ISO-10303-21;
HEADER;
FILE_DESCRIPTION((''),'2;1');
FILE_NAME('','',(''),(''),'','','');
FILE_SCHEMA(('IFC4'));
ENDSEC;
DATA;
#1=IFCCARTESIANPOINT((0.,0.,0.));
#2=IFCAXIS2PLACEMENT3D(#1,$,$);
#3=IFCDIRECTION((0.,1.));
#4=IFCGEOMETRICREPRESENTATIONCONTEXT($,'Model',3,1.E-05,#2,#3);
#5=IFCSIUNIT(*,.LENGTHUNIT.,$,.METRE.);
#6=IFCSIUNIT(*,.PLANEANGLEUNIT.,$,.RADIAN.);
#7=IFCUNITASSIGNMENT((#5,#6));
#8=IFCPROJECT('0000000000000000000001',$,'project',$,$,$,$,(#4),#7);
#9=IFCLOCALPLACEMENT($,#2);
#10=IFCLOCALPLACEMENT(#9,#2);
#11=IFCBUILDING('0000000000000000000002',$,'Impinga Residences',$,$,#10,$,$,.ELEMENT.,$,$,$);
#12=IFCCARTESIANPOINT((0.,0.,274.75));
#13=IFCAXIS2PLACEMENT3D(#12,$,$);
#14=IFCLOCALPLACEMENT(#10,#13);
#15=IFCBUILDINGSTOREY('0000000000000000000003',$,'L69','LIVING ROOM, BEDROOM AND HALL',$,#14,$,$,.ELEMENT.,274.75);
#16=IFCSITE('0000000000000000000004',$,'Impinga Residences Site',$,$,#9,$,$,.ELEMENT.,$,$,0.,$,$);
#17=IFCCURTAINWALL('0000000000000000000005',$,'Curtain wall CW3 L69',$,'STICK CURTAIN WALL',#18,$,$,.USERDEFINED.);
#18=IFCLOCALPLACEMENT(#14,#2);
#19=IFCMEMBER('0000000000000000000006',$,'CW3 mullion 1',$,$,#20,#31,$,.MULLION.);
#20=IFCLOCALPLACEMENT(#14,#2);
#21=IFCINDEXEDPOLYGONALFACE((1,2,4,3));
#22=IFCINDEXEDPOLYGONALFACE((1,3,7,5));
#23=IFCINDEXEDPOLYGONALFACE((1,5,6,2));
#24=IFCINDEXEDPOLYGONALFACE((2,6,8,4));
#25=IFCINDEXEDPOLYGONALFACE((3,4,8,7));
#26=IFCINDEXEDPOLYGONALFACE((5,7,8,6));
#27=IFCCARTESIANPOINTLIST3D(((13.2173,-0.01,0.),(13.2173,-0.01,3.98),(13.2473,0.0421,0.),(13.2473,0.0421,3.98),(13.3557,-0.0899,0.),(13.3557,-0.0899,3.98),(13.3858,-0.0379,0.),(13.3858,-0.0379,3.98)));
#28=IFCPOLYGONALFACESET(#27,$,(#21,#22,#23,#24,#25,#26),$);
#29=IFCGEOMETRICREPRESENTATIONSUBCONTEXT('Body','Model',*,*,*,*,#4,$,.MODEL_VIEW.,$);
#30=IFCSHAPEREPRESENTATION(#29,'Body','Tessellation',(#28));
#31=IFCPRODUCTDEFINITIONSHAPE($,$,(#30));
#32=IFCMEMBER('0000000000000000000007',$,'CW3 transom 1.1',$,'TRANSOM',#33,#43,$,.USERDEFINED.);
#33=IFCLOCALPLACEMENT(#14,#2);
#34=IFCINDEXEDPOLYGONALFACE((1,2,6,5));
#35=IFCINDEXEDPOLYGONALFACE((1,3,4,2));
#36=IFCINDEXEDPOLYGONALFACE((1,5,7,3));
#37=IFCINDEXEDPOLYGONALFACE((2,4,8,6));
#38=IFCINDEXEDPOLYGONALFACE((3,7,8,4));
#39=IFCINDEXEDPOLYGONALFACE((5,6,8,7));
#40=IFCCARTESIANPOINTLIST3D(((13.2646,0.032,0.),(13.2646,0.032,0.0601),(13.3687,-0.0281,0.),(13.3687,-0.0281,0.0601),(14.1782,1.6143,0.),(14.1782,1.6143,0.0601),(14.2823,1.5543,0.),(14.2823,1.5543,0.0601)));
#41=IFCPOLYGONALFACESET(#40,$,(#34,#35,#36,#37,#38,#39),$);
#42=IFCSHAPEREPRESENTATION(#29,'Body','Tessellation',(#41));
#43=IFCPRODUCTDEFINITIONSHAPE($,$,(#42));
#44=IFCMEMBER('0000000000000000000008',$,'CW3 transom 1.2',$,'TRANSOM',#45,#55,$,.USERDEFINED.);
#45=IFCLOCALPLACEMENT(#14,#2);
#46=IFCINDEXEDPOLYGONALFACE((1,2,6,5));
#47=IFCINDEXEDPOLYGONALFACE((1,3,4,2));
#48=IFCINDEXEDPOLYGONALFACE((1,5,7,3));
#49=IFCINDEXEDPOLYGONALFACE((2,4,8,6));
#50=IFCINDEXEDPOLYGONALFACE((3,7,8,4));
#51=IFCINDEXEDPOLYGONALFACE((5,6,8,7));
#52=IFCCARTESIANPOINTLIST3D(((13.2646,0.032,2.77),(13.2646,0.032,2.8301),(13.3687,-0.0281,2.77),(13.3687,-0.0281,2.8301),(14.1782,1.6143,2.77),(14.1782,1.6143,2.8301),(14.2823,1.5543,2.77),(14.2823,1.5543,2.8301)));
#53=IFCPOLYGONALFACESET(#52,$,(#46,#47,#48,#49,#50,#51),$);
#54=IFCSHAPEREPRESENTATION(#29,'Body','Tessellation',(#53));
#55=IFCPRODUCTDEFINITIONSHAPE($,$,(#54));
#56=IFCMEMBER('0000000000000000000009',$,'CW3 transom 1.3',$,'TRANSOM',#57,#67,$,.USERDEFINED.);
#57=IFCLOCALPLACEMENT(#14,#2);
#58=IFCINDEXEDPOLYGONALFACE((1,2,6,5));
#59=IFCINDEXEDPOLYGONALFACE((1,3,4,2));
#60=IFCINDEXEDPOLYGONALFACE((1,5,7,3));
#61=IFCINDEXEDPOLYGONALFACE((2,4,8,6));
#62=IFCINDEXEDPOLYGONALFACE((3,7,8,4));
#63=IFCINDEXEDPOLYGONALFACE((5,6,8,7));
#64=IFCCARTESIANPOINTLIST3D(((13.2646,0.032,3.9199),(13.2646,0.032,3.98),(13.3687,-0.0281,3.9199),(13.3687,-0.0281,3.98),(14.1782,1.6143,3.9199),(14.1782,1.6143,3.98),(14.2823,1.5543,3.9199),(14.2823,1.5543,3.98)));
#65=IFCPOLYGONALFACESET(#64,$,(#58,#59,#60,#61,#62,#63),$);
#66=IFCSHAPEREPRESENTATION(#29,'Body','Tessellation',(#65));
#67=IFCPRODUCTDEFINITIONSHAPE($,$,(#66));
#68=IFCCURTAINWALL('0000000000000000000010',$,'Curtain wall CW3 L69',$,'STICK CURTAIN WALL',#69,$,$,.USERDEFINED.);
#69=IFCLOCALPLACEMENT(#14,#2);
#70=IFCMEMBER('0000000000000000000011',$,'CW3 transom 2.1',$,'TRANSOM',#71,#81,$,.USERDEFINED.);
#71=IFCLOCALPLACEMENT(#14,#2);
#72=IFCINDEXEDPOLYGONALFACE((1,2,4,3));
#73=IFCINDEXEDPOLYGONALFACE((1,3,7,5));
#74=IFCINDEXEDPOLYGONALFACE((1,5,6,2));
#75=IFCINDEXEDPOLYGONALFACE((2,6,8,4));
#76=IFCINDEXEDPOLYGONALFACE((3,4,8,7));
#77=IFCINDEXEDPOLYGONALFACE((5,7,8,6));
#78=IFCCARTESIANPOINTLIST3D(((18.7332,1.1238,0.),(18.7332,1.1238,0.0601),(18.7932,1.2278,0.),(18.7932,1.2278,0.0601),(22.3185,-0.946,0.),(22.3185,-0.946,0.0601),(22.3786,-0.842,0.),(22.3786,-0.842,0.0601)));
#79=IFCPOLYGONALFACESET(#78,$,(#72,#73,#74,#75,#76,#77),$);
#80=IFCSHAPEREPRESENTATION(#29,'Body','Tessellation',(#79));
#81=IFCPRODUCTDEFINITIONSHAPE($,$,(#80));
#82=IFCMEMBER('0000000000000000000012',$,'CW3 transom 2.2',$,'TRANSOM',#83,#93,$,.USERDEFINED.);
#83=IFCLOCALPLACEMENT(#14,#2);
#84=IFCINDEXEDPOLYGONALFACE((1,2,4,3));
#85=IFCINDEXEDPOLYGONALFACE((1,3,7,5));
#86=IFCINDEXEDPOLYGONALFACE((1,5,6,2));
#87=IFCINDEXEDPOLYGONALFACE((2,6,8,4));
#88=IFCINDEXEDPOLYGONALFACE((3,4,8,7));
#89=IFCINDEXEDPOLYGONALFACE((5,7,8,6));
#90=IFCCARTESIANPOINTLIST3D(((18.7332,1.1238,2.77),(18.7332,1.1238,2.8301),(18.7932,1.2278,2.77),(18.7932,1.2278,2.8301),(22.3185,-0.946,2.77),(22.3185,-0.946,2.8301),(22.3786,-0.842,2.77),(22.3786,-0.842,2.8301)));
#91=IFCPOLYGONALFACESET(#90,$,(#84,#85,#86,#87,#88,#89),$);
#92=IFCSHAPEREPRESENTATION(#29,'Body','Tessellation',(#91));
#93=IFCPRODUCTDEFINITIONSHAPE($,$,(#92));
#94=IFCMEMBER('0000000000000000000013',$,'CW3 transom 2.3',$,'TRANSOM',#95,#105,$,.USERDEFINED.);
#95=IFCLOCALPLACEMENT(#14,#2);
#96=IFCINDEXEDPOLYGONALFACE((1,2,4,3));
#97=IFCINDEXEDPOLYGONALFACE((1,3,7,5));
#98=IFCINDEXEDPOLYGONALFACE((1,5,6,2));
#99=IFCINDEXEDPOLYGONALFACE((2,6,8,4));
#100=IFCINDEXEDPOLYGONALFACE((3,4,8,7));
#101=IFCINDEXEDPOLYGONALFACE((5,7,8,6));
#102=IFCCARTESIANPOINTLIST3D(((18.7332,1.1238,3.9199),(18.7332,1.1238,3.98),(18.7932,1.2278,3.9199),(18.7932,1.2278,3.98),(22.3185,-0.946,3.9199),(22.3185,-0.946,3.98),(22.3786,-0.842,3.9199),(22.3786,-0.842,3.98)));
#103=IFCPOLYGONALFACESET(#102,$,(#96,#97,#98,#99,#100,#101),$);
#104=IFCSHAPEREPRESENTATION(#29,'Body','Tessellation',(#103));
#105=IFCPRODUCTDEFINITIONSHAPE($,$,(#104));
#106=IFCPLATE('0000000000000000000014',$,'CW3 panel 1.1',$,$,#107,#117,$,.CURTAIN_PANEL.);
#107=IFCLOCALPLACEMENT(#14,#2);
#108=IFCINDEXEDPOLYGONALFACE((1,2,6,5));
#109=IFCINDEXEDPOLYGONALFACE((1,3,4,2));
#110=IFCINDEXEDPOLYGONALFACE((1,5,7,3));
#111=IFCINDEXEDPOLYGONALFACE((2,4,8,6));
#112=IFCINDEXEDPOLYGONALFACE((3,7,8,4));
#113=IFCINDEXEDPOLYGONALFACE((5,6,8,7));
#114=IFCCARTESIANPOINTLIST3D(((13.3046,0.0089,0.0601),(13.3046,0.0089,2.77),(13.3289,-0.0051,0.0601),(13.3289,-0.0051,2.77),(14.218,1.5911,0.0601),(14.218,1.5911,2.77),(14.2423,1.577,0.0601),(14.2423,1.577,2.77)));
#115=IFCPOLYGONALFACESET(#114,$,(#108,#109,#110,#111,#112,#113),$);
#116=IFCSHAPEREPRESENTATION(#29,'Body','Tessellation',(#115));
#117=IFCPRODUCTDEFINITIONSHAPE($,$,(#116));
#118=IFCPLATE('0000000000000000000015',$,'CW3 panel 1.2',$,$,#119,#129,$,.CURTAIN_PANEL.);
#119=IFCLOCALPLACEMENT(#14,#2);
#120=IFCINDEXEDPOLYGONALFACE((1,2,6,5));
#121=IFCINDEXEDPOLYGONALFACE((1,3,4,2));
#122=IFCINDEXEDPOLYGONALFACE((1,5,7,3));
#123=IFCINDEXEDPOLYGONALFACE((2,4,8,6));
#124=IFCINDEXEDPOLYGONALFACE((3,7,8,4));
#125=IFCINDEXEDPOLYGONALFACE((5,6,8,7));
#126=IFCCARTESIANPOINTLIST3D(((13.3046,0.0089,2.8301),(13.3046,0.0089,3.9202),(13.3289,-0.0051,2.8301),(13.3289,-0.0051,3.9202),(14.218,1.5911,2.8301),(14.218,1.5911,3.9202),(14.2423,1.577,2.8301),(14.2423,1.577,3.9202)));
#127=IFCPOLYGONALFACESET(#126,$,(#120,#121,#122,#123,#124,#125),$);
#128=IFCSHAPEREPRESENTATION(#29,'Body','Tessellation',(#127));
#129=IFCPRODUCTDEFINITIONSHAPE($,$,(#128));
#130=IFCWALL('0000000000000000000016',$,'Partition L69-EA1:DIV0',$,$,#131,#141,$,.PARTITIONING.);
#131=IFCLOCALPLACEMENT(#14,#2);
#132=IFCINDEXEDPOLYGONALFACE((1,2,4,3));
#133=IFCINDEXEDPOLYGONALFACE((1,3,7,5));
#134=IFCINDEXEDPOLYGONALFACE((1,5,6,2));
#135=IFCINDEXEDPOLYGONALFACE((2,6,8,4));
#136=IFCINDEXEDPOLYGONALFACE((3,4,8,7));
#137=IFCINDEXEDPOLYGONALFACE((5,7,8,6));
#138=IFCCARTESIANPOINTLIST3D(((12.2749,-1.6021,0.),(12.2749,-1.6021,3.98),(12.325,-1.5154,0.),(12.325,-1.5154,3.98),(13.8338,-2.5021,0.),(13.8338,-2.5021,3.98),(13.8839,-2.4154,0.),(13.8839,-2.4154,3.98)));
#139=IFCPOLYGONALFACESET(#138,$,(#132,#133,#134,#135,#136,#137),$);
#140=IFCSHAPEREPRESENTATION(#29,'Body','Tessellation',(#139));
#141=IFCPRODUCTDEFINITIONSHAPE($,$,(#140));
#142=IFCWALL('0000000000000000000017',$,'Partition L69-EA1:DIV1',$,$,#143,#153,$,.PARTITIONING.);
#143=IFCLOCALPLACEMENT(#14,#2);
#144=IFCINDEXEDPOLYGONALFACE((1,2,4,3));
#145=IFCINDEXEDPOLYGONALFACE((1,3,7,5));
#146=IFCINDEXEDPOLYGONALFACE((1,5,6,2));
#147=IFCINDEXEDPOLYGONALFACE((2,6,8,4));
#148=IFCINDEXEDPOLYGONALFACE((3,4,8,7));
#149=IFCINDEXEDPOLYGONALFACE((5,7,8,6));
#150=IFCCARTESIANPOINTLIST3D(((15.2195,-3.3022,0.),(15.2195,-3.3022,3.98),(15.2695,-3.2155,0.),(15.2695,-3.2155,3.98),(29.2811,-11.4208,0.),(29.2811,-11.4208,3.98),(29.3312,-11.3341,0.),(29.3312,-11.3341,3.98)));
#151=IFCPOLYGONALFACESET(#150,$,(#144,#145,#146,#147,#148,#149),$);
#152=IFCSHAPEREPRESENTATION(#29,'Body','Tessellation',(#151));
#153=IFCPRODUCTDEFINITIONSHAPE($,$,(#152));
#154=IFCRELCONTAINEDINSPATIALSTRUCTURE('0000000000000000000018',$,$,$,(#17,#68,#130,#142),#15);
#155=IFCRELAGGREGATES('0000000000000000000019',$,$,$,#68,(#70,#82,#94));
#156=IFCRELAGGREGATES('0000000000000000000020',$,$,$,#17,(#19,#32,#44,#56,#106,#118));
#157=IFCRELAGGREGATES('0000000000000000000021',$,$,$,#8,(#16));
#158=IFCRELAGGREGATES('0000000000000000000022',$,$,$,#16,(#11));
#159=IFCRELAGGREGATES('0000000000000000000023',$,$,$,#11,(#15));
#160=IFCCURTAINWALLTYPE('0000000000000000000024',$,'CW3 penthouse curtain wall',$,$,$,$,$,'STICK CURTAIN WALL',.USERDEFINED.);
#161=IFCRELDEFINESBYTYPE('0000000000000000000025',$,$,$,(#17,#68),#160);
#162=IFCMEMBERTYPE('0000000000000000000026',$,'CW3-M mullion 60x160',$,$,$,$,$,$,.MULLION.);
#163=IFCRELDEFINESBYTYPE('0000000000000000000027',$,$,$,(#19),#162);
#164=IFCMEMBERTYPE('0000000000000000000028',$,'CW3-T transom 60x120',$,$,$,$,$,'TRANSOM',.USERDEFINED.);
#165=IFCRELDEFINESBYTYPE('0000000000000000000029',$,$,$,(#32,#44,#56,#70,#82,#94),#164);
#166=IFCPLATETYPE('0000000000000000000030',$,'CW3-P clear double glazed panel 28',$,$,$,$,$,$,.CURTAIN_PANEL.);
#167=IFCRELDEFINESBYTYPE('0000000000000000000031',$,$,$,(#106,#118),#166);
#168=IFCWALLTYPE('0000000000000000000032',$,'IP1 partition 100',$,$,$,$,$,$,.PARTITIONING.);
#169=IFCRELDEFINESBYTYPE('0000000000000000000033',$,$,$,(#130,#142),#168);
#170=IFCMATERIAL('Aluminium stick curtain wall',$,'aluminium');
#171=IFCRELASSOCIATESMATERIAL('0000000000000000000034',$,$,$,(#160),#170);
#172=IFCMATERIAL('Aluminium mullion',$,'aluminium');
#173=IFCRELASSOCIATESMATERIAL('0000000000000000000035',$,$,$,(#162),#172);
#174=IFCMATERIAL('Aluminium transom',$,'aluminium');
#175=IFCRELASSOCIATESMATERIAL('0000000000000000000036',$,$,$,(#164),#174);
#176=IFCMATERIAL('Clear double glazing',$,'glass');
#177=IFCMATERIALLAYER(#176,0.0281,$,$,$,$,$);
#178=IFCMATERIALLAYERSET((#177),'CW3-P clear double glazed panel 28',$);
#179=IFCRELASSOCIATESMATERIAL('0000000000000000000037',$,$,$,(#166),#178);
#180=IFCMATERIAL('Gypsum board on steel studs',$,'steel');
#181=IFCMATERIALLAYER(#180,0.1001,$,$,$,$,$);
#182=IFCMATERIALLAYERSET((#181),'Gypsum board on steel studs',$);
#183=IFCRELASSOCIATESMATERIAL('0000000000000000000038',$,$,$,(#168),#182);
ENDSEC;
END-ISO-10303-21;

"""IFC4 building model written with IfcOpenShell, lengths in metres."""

from ifc_helpers import new_model, si_unit, direction, frame, frame_2d, origin, origin_2d, place, context, subcontext, project, spatial, rectangle, extrude, material, layer, layer_set, material_profile, profile_set, type_object, element, aggregate, save


model = new_model("IFC4")

# Units and contexts
model_context = context("Model", 3, precision=1e-05, world=origin(), true_north=direction((0.0, 1.0)))
body_context = subcontext(model_context, "Body", "Model", "MODEL_VIEW")
ifc_project = project(units=[si_unit("LENGTHUNIT", "METRE"), si_unit("PLANEANGLEUNIT", "RADIAN")], contexts=[model_context])

# Site, building, storey
site_placement = place(None, origin())
site = spatial("IfcSite", under=ifc_project, at=site_placement, Name="Impinga Residences Site", CompositionType="ELEMENT", RefElevation=0.0)
building_placement = place(site_placement, origin())
building = spatial("IfcBuilding", under=site, at=building_placement, Name="Impinga Residences", CompositionType="ELEMENT")
storey_placement = place(building_placement, frame((0.0, 0.0, 274.75)))
storey = spatial("IfcBuildingStorey", under=building, at=storey_placement, Name="L69", Description="LIVING ROOM, BEDROOM AND HALL", CompositionType="ELEMENT", Elevation=274.75)

# Curtain walls, members
ifc_material_1 = material(Name="Aluminium stick curtain wall", Category="aluminium")
curtain_wall_type = type_object("IfcCurtainWallType", Name="CW3 penthouse curtain wall", ElementType="STICK CURTAIN WALL", PredefinedType="USERDEFINED", material=ifc_material_1)
curtain_wall_1_placement = place(storey_placement, origin())
curtain_wall_1 = element("IfcCurtainWall", 1, at=curtain_wall_1_placement, inside=storey, type_object=curtain_wall_type, Name="Curtain wall CW3 L69", ObjectType="STICK CURTAIN WALL", PredefinedType="USERDEFINED")
ifc_material_2 = material(Name="Aluminium mullion", Category="aluminium")
ifc_material_profile_1 = material_profile(ifc_material_2, rectangle(XDim=0.0601, YDim=0.1599, at=origin_2d()), Name="60x160 mullion")
ifc_profile_set_1 = profile_set([ifc_material_profile_1], Name="Aluminium mullion")
member_type_1 = type_object("IfcMemberType", Name="CW3-M mullion 60x160", PredefinedType="MULLION", material=ifc_profile_set_1)
member_1_placement = place(storey_placement, frame((13.3015, -0.0239, 0.0), z_axis=(0.0, 0.0, 1.0), x_axis=(0.5, 0.866025, 0.0)))
member_1 = element("IfcMember", 2, at=member_1_placement, type_object=member_type_1, Name="CW3 mullion 1", PredefinedType="MULLION", context=body_context, shape_type="SweptSolid", body=[
    extrude(rectangle(XDim=0.0601, YDim=0.1599, at=origin_2d()), origin(), (0.0, 0.0, 1.0), 3.98),
])
ifc_material_3 = material(Name="Aluminium transom", Category="aluminium")
ifc_material_profile_2 = material_profile(ifc_material_3, rectangle(XDim=0.0601, YDim=0.1201, at=origin_2d()), Name="60x120 transom")
ifc_profile_set_2 = profile_set([ifc_material_profile_2], Name="Aluminium transom")
member_type_2 = type_object("IfcMemberType", Name="CW3-T transom 60x120", ElementType="TRANSOM", PredefinedType="USERDEFINED", material=ifc_profile_set_2)
member_2_placement = place(storey_placement, frame((13.3167, 0.002, 0.03), z_axis=(0.500019, 0.866014, 0.0), x_axis=(0.0, 0.0, 1.0)))
member_2 = element("IfcMember", 3, at=member_2_placement, type_object=member_type_2, Name="CW3 transom 1.1", ObjectType="TRANSOM", PredefinedType="USERDEFINED", context=body_context, shape_type="SweptSolid", body=[
    extrude(rectangle(XDim=0.0601, YDim=0.1201, at=origin_2d()), origin(), (0.0, 0.0, 1.0), 1.8271),
])
member_3_placement = place(storey_placement, frame((13.3167, 0.002, 2.8), z_axis=(0.500019, 0.866014, 0.0), x_axis=(0.0, 0.0, 1.0)))
member_3 = element("IfcMember", 4, at=member_3_placement, type_object=member_type_2, Name="CW3 transom 1.2", ObjectType="TRANSOM", PredefinedType="USERDEFINED", context=body_context, shape_type="SweptSolid", body=[
    extrude(rectangle(XDim=0.0601, YDim=0.1201, at=origin_2d()), origin(), (0.0, 0.0, 1.0), 1.8271),
])
member_4_placement = place(storey_placement, frame((13.3167, 0.002, 3.95), z_axis=(0.500019, 0.866014, 0.0), x_axis=(0.0, 0.0, 1.0)))
member_4 = element("IfcMember", 5, at=member_4_placement, type_object=member_type_2, Name="CW3 transom 1.3", ObjectType="TRANSOM", PredefinedType="USERDEFINED", context=body_context, shape_type="SweptSolid", body=[
    extrude(rectangle(XDim=0.0601, YDim=0.1201, at=origin_2d()), origin(), (0.0, 0.0, 1.0), 1.8271),
])
curtain_wall_2_placement = place(storey_placement, origin())
curtain_wall_2 = element("IfcCurtainWall", 6, at=curtain_wall_2_placement, inside=storey, type_object=curtain_wall_type, Name="Curtain wall CW3 L69", ObjectType="STICK CURTAIN WALL", PredefinedType="USERDEFINED")
member_5_placement = place(storey_placement, frame((18.7632, 1.1758, 0.03), z_axis=(0.86605, -0.499957, 0.0), x_axis=(0.0, 0.0, 1.0)))
member_5 = element("IfcMember", 7, at=member_5_placement, type_object=member_type_2, Name="CW3 transom 2.1", ObjectType="TRANSOM", PredefinedType="USERDEFINED", context=body_context, shape_type="SweptSolid", body=[
    extrude(rectangle(XDim=0.0601, YDim=0.1201, at=origin_2d()), origin(), (0.0, 0.0, 1.0), 4.1399),
])
member_6_placement = place(storey_placement, frame((18.7632, 1.1758, 2.8), z_axis=(0.86605, -0.499957, 0.0), x_axis=(0.0, 0.0, 1.0)))
member_6 = element("IfcMember", 8, at=member_6_placement, type_object=member_type_2, Name="CW3 transom 2.2", ObjectType="TRANSOM", PredefinedType="USERDEFINED", context=body_context, shape_type="SweptSolid", body=[
    extrude(rectangle(XDim=0.0601, YDim=0.1201, at=origin_2d()), origin(), (0.0, 0.0, 1.0), 4.1399),
])
member_7_placement = place(storey_placement, frame((18.7632, 1.1758, 3.95), z_axis=(0.86605, -0.499957, 0.0), x_axis=(0.0, 0.0, 1.0)))
member_7 = element("IfcMember", 9, at=member_7_placement, type_object=member_type_2, Name="CW3 transom 2.3", ObjectType="TRANSOM", PredefinedType="USERDEFINED", context=body_context, shape_type="SweptSolid", body=[
    extrude(rectangle(XDim=0.0601, YDim=0.1201, at=origin_2d()), origin(), (0.0, 0.0, 1.0), 4.1399),
])
aggregate(curtain_wall_2, [member_5, member_6, member_7])

# Plates
ifc_material_4 = material(Name="Clear double glazing", Category="glass")
ifc_layer_1 = layer(ifc_material_4, 0.0281)
ifc_layer_set_1 = layer_set([ifc_layer_1], Name="CW3-P clear double glazed panel 28")
plate_type = type_object("IfcPlateType", Name="CW3-P clear double glazed panel 28", PredefinedType="CURTAIN_PANEL", material=ifc_layer_set_1)
plate_1_placement = place(storey_placement, frame((13.7734, 0.793, 0.0601), z_axis=(0.0, 0.0, 1.0), x_axis=(0.5, 0.866025, 0.0)))
plate_1 = element("IfcPlate", 10, at=plate_1_placement, type_object=plate_type, Name="CW3 panel 1.1", PredefinedType="CURTAIN_PANEL", context=body_context, shape_type="SweptSolid", body=[
    extrude(rectangle(XDim=1.8269, YDim=0.0281, at=origin_2d()), origin(), (0.0, 0.0, 1.0), 2.71),
])
plate_2_placement = place(storey_placement, frame((13.7734, 0.793, 2.8301), z_axis=(0.0, 0.0, 1.0), x_axis=(0.5, 0.866025, 0.0)))
plate_2 = element("IfcPlate", 11, at=plate_2_placement, type_object=plate_type, Name="CW3 panel 1.2", PredefinedType="CURTAIN_PANEL", context=body_context, shape_type="SweptSolid", body=[
    extrude(rectangle(XDim=1.8269, YDim=0.0281, at=origin_2d()), origin(), (0.0, 0.0, 1.0), 1.0901),
])
aggregate(curtain_wall_1, [member_1, member_2, member_3, member_4, plate_1, plate_2])

# Walls
ifc_material_5 = material(Name="Gypsum board on steel studs", Category="steel")
ifc_layer_2 = layer(ifc_material_5, 0.1001)
ifc_layer_set_2 = layer_set([ifc_layer_2], Name="Gypsum board on steel studs")
wall_type_1 = type_object("IfcWallType", Name="IP1 partition 100", PredefinedType="PARTITIONING", material=ifc_layer_set_2)
wall_1_placement = place(storey_placement, frame((12.3, -1.5588, 0.0), z_axis=(0.0, 0.0, 1.0), x_axis=(0.866048, -0.499961, 0.0)))
element("IfcWall", 12, at=wall_1_placement, inside=storey, type_object=wall_type_1, Name="Partition L69-EA1:DIV0", PredefinedType="PARTITIONING", context=body_context, shape_type="SweptSolid", body=[
    extrude(rectangle(XDim=1.8, YDim=0.1001, at=frame_2d((0.8999, 0.0))), origin(), (0.0, 0.0, 1.0), 3.98),
])
wall_2_placement = place(storey_placement, frame((15.2444, -3.2588, 0.0), z_axis=(0.0, 0.0, 1.0), x_axis=(0.866023, -0.500004, 0.0)))
element("IfcWall", 13, at=wall_2_placement, inside=storey, type_object=wall_type_1, Name="Partition L69-EA1:DIV1", PredefinedType="PARTITIONING", context=body_context, shape_type="SweptSolid", body=[
    extrude(rectangle(XDim=16.2371, YDim=0.1001, at=frame_2d((8.1187, 0.0))), origin(), (0.0, 0.0, 1.0), 3.98),
])

save(model, "model.ifc")
